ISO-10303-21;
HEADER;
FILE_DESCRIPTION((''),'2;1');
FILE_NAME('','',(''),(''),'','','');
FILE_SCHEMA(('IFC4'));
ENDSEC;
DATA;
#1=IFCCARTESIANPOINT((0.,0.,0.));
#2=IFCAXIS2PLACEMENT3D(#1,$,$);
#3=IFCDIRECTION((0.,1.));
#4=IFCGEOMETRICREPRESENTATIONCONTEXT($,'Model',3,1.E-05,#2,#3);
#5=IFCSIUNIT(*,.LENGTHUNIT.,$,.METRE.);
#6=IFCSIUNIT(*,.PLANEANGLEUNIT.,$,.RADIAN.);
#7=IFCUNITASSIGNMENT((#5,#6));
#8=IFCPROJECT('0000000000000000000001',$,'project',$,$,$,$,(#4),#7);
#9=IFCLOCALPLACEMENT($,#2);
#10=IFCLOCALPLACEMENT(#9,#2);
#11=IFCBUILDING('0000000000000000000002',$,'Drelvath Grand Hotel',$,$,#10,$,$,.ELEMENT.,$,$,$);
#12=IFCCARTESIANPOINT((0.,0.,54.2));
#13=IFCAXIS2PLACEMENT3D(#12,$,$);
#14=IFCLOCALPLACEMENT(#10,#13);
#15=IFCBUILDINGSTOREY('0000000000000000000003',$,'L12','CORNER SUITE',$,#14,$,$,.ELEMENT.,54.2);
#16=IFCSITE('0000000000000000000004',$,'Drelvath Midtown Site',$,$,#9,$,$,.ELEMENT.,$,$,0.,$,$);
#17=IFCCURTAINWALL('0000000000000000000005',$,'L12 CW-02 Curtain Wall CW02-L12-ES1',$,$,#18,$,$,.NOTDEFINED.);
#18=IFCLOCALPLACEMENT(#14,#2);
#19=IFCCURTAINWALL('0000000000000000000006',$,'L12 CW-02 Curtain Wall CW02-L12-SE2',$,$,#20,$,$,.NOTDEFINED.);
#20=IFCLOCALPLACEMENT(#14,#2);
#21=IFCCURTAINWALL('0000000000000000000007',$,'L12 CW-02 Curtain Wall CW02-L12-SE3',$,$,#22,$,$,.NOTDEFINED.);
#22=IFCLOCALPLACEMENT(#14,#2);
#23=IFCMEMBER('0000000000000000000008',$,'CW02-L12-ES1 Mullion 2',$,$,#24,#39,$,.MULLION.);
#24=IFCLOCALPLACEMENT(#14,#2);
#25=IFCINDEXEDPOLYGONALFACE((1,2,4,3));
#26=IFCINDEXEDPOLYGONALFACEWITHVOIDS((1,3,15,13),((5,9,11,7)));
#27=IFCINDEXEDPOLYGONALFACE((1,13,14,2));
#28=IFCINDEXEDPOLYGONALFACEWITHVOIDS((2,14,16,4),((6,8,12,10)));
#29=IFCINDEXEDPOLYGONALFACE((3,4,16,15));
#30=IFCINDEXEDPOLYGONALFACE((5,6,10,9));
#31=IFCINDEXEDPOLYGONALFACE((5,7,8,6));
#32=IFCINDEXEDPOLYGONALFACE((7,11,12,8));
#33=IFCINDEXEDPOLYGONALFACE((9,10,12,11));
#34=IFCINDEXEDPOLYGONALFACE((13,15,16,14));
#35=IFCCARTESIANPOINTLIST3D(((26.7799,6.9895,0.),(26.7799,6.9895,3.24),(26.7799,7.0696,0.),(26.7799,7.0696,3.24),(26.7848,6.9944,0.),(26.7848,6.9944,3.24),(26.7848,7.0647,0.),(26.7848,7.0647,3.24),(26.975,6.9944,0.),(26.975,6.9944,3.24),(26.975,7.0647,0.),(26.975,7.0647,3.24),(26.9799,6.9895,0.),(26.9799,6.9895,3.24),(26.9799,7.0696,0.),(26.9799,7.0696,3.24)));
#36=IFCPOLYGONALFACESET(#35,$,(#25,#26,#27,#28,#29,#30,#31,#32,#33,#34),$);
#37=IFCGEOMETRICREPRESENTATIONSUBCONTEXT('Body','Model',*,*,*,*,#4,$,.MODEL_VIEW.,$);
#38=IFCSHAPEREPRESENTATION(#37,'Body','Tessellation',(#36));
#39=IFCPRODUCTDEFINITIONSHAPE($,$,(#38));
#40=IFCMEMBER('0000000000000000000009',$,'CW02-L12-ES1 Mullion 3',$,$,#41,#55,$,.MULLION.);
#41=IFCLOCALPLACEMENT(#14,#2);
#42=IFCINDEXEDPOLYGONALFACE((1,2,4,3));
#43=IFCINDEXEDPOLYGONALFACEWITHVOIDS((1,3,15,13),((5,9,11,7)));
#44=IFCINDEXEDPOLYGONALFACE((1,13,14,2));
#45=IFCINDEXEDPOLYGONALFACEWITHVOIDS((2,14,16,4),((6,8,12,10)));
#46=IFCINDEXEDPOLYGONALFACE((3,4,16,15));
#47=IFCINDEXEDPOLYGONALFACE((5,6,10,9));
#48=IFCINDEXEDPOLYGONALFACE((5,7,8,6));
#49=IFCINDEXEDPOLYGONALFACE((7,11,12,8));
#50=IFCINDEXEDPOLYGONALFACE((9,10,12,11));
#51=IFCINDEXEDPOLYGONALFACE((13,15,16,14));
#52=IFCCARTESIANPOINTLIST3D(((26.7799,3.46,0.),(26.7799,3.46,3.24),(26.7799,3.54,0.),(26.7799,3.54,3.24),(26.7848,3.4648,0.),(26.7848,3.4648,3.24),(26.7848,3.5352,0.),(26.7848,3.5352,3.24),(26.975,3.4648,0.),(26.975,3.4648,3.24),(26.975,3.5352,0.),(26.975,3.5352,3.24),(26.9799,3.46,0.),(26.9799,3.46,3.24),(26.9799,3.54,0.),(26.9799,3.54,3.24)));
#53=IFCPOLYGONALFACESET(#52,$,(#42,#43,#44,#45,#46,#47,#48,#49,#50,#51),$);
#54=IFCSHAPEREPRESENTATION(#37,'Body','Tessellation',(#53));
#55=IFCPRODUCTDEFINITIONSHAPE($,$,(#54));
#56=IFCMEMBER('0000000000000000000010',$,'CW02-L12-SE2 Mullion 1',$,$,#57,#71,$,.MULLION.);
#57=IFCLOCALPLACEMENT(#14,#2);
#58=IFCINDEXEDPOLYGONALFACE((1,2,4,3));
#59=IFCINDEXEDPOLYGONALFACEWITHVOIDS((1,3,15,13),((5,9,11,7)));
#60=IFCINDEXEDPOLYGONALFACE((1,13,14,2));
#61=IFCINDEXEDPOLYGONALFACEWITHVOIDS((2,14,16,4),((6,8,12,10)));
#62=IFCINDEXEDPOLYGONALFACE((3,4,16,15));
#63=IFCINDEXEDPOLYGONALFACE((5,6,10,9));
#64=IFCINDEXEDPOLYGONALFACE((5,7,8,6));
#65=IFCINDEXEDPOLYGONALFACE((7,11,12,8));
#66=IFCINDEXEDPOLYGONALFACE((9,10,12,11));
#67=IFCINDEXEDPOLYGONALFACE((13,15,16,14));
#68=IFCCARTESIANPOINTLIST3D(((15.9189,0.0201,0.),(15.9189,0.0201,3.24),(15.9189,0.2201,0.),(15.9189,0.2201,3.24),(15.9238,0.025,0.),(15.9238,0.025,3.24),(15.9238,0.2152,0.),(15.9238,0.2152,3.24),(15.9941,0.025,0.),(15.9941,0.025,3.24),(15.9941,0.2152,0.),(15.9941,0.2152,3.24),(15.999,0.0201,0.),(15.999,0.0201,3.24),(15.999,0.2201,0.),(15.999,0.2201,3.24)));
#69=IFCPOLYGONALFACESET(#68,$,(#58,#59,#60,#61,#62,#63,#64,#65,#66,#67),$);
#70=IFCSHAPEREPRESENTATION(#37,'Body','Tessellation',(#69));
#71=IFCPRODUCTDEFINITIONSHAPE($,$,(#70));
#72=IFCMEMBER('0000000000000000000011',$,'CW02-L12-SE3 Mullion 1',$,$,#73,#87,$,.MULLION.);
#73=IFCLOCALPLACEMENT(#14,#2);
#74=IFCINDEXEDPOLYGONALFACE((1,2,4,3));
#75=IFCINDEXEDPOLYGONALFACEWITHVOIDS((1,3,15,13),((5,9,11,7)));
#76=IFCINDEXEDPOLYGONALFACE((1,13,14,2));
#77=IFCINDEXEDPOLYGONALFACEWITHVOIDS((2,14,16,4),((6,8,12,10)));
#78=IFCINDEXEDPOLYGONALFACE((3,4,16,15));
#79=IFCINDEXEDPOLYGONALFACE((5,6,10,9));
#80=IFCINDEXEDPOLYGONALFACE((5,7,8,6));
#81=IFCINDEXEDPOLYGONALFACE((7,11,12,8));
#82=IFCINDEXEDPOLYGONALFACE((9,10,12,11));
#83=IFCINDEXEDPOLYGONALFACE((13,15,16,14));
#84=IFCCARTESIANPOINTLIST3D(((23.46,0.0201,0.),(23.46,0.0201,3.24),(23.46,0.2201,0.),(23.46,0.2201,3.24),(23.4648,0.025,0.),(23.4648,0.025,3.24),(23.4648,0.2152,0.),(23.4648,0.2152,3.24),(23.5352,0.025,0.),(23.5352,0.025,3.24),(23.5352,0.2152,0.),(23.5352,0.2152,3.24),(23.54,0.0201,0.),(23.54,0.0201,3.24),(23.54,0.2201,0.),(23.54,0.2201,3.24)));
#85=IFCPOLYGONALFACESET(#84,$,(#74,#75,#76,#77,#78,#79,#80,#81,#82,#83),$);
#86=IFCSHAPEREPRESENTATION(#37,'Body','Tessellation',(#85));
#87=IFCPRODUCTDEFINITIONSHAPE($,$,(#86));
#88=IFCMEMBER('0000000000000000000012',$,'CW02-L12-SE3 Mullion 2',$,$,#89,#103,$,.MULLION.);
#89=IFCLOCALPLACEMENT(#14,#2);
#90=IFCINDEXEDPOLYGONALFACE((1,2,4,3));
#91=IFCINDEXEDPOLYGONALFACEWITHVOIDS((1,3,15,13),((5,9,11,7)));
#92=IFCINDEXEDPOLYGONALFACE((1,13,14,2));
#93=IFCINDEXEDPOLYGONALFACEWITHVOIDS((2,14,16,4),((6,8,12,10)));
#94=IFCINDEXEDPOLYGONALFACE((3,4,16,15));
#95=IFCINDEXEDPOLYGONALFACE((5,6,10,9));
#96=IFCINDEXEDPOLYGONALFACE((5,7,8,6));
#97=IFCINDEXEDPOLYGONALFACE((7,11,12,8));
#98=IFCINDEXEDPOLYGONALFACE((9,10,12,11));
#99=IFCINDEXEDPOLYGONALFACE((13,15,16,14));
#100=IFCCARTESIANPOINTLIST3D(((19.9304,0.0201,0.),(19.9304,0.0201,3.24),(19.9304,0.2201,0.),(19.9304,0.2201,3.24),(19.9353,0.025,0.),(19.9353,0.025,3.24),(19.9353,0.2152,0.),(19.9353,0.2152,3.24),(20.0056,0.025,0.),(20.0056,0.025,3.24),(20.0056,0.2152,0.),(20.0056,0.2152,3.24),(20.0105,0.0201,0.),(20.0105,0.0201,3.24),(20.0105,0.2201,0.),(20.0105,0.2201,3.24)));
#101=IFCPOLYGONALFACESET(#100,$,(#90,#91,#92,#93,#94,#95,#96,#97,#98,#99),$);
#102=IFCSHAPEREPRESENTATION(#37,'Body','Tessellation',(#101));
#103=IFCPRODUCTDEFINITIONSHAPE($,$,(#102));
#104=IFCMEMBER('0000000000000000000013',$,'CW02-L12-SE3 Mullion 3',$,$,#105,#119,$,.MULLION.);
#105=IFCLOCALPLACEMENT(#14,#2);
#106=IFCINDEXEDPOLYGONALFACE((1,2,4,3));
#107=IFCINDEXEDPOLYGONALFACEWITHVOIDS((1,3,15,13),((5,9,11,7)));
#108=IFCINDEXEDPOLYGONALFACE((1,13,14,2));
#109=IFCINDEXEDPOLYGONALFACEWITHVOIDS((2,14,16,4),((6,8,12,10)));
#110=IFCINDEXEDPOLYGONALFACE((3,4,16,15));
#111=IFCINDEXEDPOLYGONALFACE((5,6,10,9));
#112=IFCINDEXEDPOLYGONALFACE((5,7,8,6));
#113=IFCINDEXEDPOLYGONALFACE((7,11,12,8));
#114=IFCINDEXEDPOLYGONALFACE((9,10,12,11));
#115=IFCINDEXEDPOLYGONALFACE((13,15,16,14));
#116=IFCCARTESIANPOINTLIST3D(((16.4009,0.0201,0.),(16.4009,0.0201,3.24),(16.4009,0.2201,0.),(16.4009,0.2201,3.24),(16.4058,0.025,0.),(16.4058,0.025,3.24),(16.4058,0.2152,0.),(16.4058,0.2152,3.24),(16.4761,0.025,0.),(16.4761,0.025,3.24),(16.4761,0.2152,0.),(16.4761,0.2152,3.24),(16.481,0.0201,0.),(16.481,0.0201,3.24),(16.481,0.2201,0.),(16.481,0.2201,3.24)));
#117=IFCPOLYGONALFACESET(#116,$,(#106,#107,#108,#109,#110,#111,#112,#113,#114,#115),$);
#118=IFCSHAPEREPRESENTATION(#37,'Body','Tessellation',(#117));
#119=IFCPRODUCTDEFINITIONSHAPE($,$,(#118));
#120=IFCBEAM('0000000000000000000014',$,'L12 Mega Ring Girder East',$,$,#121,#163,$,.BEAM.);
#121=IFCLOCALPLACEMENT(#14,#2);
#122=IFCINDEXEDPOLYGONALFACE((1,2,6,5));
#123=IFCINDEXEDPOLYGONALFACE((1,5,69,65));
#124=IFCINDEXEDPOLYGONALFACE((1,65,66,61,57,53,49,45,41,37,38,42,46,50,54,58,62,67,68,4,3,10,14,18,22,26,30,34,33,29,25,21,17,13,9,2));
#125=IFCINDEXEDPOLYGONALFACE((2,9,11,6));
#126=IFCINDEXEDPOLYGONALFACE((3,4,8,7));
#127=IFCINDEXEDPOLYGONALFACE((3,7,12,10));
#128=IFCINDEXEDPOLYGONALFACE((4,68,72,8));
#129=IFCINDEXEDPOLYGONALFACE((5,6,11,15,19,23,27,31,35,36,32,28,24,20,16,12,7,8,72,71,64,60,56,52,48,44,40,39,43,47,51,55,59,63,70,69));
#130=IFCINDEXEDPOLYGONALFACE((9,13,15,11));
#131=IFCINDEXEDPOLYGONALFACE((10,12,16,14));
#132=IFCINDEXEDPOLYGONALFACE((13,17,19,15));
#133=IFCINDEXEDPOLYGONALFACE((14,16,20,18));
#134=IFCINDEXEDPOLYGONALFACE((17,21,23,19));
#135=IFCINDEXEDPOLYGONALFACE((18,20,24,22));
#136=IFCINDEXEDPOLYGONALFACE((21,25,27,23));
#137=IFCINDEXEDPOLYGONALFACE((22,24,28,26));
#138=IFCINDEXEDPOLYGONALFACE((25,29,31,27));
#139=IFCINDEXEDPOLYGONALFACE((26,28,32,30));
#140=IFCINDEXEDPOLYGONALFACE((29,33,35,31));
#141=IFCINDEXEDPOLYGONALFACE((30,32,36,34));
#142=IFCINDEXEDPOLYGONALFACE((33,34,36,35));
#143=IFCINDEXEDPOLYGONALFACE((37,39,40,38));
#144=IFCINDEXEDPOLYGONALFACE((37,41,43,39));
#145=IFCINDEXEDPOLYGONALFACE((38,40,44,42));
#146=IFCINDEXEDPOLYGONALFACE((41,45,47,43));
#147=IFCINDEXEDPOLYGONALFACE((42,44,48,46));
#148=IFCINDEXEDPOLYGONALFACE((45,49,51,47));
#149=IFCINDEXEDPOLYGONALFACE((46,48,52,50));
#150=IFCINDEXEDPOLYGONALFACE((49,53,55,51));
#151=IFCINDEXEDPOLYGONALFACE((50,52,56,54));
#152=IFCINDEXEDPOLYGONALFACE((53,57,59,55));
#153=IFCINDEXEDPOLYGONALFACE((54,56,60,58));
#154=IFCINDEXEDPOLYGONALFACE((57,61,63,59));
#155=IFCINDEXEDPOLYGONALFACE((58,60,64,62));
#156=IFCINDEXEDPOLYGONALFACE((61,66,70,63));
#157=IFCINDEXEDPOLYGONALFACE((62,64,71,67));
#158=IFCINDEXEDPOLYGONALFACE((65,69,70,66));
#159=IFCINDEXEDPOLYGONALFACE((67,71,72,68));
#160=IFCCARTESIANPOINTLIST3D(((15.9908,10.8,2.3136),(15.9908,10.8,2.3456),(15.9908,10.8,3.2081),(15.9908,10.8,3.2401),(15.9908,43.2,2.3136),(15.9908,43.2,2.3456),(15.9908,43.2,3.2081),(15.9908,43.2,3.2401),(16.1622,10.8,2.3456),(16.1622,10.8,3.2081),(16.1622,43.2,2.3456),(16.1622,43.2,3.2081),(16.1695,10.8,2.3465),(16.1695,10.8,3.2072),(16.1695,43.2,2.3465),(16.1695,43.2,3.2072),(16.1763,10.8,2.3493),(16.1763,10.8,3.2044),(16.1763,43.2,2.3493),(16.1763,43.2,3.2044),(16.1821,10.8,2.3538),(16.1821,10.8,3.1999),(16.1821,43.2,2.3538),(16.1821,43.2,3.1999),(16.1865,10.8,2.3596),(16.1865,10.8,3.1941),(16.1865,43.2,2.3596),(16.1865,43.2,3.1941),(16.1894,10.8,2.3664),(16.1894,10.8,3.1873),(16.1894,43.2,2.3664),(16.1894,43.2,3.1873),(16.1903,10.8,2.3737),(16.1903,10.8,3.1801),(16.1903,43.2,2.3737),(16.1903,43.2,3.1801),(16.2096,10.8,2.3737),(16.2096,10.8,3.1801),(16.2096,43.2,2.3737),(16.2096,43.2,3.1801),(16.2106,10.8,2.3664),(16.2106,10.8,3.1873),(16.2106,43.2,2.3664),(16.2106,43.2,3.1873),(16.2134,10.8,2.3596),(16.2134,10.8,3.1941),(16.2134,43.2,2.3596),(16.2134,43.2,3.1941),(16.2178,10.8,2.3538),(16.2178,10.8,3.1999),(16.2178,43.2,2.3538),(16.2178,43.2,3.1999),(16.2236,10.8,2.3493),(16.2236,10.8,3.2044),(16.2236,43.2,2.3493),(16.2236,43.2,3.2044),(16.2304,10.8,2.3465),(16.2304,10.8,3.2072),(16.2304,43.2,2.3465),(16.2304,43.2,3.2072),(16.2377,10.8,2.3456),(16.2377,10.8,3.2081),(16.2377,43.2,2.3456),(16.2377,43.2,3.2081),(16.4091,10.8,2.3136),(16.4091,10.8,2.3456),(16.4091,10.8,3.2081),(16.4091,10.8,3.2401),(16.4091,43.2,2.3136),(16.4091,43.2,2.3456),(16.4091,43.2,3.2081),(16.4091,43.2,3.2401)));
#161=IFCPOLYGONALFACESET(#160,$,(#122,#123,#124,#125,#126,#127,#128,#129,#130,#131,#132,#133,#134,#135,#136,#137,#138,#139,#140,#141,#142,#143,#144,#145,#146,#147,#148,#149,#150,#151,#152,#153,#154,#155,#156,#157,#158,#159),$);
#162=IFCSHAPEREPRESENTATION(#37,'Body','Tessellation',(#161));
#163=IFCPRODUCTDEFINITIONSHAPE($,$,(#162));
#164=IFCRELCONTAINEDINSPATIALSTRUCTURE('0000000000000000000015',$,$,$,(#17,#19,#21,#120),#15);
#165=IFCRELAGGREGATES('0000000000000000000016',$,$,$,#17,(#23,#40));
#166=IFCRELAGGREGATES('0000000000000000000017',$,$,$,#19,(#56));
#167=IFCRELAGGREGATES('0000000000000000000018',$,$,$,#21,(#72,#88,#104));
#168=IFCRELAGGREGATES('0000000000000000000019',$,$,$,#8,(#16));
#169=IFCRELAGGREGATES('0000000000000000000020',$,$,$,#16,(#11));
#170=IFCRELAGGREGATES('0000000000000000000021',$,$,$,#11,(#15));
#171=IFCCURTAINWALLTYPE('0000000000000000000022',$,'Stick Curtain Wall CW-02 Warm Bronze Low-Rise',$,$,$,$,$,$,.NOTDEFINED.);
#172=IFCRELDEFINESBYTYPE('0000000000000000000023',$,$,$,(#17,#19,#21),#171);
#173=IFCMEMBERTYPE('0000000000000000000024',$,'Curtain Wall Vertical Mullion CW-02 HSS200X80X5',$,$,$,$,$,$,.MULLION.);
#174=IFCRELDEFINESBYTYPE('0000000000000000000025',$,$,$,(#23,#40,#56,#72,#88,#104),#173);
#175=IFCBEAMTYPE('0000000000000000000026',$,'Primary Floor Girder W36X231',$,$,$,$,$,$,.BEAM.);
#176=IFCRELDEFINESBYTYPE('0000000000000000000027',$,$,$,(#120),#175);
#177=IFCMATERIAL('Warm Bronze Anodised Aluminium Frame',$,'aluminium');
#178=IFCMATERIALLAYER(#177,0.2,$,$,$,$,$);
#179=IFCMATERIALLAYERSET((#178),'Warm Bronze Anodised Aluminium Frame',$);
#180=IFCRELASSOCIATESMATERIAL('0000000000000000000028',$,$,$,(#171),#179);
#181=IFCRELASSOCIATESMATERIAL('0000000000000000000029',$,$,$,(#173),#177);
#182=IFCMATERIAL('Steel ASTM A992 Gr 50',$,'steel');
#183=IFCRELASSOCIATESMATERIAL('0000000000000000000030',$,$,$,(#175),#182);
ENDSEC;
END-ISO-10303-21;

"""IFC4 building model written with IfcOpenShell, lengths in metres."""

from ifc_helpers import new_model, si_unit, direction, frame, origin, origin_2d, place, context, subcontext, project, spatial, hollow_rectangle, i_section, extrude, material, layer, layer_set, material_profile, profile_set, type_object, element, aggregate, save


model = new_model("IFC4")

# Units and contexts
model_context = context("Model", 3, precision=1e-05, world=origin(), true_north=direction((0.0, 1.0)))
body_context = subcontext(model_context, "Body", "Model", "MODEL_VIEW")
ifc_project = project(units=[si_unit("LENGTHUNIT", "METRE"), si_unit("PLANEANGLEUNIT", "RADIAN")], contexts=[model_context])

# Site, building, storey
site_placement = place(None, origin())
site = spatial("IfcSite", under=ifc_project, at=site_placement, Name="Drelvath Midtown Site", CompositionType="ELEMENT", RefElevation=0.0)
building_placement = place(site_placement, origin())
building = spatial("IfcBuilding", under=site, at=building_placement, Name="Drelvath Grand Hotel", CompositionType="ELEMENT")
storey_placement = place(building_placement, frame((0.0, 0.0, 54.2)))
storey = spatial("IfcBuildingStorey", under=building, at=storey_placement, Name="L12", Description="CORNER SUITE", CompositionType="ELEMENT", Elevation=54.2)

# Shared definitions
ifc_material_1 = material(Name="Steel ASTM A992 Gr 50", Category="steel")

# Curtain walls
ifc_material_2 = material(Name="Warm Bronze Anodised Aluminium Frame", Category="aluminium")
ifc_layer_1 = layer(ifc_material_2, 0.2)
ifc_layer_set_1 = layer_set([ifc_layer_1], Name="Warm Bronze Anodised Aluminium Frame")
curtain_wall_type = type_object("IfcCurtainWallType", Name="Stick Curtain Wall CW-02 Warm Bronze Low-Rise", PredefinedType="NOTDEFINED", material=ifc_layer_set_1)
curtain_wall_1_placement = place(storey_placement, origin())
curtain_wall_1 = element("IfcCurtainWall", 1, at=curtain_wall_1_placement, inside=storey, type_object=curtain_wall_type, Name="L12 CW-02 Curtain Wall CW02-L12-ES1", PredefinedType="NOTDEFINED")
curtain_wall_2_placement = place(storey_placement, origin())
curtain_wall_2 = element("IfcCurtainWall", 2, at=curtain_wall_2_placement, inside=storey, type_object=curtain_wall_type, Name="L12 CW-02 Curtain Wall CW02-L12-SE2", PredefinedType="NOTDEFINED")
curtain_wall_3_placement = place(storey_placement, origin())
curtain_wall_3 = element("IfcCurtainWall", 3, at=curtain_wall_3_placement, inside=storey, type_object=curtain_wall_type, Name="L12 CW-02 Curtain Wall CW02-L12-SE3", PredefinedType="NOTDEFINED")

# Members
ifc_material_profile_1 = material_profile(ifc_material_2, hollow_rectangle(XDim=0.0801, YDim=0.2, WallThickness=0.0049, at=origin_2d()), Name="HSS200X80X5")
ifc_profile_set_1 = profile_set([ifc_material_profile_1], Name="Warm Bronze Anodised Aluminium Frame")
member_type_1 = type_object("IfcMemberType", Name="Curtain Wall Vertical Mullion CW-02 HSS200X80X5", PredefinedType="MULLION", material=ifc_profile_set_1)
member_1_placement = place(storey_placement, frame((26.8799, 7.0295, 0.0), z_axis=(0.0, 0.0, 1.0), x_axis=(0.0, 1.0, 0.0)))
member_1 = element("IfcMember", 4, at=member_1_placement, type_object=member_type_1, Name="CW02-L12-ES1 Mullion 2", PredefinedType="MULLION", context=body_context, shape_type="SweptSolid", body=[
    extrude(hollow_rectangle(XDim=0.0801, YDim=0.2, WallThickness=0.0049, at=origin_2d()), origin(), (0.0, 0.0, 1.0), 3.24),
])
member_2_placement = place(storey_placement, frame((26.8799, 3.5, 0.0), z_axis=(0.0, 0.0, 1.0), x_axis=(0.0, 1.0, 0.0)))
member_2 = element("IfcMember", 5, at=member_2_placement, type_object=member_type_1, Name="CW02-L12-ES1 Mullion 3", PredefinedType="MULLION", context=body_context, shape_type="SweptSolid", body=[
    extrude(hollow_rectangle(XDim=0.0801, YDim=0.2, WallThickness=0.0049, at=origin_2d()), origin(), (0.0, 0.0, 1.0), 3.24),
])
member_3_placement = place(storey_placement, frame((15.959, 0.1201, 0.0), z_axis=(0.0, 0.0, 1.0), x_axis=(1.0, 0.0, 0.0)))
member_3 = element("IfcMember", 6, at=member_3_placement, type_object=member_type_1, Name="CW02-L12-SE2 Mullion 1", PredefinedType="MULLION", context=body_context, shape_type="SweptSolid", body=[
    extrude(hollow_rectangle(XDim=0.0801, YDim=0.2, WallThickness=0.0049, at=origin_2d()), origin(), (0.0, 0.0, 1.0), 3.24),
])
member_4_placement = place(storey_placement, frame((23.5, 0.1201, 0.0), z_axis=(0.0, 0.0, 1.0), x_axis=(1.0, 0.0, 0.0)))
member_4 = element("IfcMember", 7, at=member_4_placement, type_object=member_type_1, Name="CW02-L12-SE3 Mullion 1", PredefinedType="MULLION", context=body_context, shape_type="SweptSolid", body=[
    extrude(hollow_rectangle(XDim=0.0801, YDim=0.2, WallThickness=0.0049, at=origin_2d()), origin(), (0.0, 0.0, 1.0), 3.24),
])
member_5_placement = place(storey_placement, frame((19.9705, 0.1201, 0.0), z_axis=(0.0, 0.0, 1.0), x_axis=(1.0, 0.0, 0.0)))
member_5 = element("IfcMember", 8, at=member_5_placement, type_object=member_type_1, Name="CW02-L12-SE3 Mullion 2", PredefinedType="MULLION", context=body_context, shape_type="SweptSolid", body=[
    extrude(hollow_rectangle(XDim=0.0801, YDim=0.2, WallThickness=0.0049, at=origin_2d()), origin(), (0.0, 0.0, 1.0), 3.24),
])
member_6_placement = place(storey_placement, frame((16.4409, 0.1201, 0.0), z_axis=(0.0, 0.0, 1.0), x_axis=(1.0, 0.0, 0.0)))
member_6 = element("IfcMember", 9, at=member_6_placement, type_object=member_type_1, Name="CW02-L12-SE3 Mullion 3", PredefinedType="MULLION", context=body_context, shape_type="SweptSolid", body=[
    extrude(hollow_rectangle(XDim=0.0801, YDim=0.2, WallThickness=0.0049, at=origin_2d()), origin(), (0.0, 0.0, 1.0), 3.24),
])

# Beam
ifc_material_profile_2 = material_profile(ifc_material_1, i_section(OverallWidth=0.4182, OverallDepth=0.9265, WebThickness=0.0193, FlangeThickness=0.032, FilletRadius=0.0281, at=origin_2d()), Name="W36X231")
ifc_profile_set_2 = profile_set([ifc_material_profile_2], Name="Steel ASTM A992 Gr 50")
beam_type_1 = type_object("IfcBeamType", Name="Primary Floor Girder W36X231", PredefinedType="BEAM", material=ifc_profile_set_2)
beam_1_placement = place(storey_placement, frame((16.2, 10.8, 2.7769), z_axis=(0.0, 1.0, 0.0), x_axis=(-1.0, 0.0, 0.0)))
element("IfcBeam", 10, at=beam_1_placement, inside=storey, type_object=beam_type_1, Name="L12 Mega Ring Girder East", PredefinedType="BEAM", context=body_context, shape_type="SweptSolid", body=[
    extrude(i_section(OverallWidth=0.4182, OverallDepth=0.9265, WebThickness=0.0193, FlangeThickness=0.032, FilletRadius=0.0281, at=origin_2d()), origin(), (0.0, 0.0, 1.0), 32.3999),
])

aggregate(curtain_wall_1, [member_1, member_2])
aggregate(curtain_wall_2, [member_3])
aggregate(curtain_wall_3, [member_4, member_5, member_6])

save(model, "model.ifc")
